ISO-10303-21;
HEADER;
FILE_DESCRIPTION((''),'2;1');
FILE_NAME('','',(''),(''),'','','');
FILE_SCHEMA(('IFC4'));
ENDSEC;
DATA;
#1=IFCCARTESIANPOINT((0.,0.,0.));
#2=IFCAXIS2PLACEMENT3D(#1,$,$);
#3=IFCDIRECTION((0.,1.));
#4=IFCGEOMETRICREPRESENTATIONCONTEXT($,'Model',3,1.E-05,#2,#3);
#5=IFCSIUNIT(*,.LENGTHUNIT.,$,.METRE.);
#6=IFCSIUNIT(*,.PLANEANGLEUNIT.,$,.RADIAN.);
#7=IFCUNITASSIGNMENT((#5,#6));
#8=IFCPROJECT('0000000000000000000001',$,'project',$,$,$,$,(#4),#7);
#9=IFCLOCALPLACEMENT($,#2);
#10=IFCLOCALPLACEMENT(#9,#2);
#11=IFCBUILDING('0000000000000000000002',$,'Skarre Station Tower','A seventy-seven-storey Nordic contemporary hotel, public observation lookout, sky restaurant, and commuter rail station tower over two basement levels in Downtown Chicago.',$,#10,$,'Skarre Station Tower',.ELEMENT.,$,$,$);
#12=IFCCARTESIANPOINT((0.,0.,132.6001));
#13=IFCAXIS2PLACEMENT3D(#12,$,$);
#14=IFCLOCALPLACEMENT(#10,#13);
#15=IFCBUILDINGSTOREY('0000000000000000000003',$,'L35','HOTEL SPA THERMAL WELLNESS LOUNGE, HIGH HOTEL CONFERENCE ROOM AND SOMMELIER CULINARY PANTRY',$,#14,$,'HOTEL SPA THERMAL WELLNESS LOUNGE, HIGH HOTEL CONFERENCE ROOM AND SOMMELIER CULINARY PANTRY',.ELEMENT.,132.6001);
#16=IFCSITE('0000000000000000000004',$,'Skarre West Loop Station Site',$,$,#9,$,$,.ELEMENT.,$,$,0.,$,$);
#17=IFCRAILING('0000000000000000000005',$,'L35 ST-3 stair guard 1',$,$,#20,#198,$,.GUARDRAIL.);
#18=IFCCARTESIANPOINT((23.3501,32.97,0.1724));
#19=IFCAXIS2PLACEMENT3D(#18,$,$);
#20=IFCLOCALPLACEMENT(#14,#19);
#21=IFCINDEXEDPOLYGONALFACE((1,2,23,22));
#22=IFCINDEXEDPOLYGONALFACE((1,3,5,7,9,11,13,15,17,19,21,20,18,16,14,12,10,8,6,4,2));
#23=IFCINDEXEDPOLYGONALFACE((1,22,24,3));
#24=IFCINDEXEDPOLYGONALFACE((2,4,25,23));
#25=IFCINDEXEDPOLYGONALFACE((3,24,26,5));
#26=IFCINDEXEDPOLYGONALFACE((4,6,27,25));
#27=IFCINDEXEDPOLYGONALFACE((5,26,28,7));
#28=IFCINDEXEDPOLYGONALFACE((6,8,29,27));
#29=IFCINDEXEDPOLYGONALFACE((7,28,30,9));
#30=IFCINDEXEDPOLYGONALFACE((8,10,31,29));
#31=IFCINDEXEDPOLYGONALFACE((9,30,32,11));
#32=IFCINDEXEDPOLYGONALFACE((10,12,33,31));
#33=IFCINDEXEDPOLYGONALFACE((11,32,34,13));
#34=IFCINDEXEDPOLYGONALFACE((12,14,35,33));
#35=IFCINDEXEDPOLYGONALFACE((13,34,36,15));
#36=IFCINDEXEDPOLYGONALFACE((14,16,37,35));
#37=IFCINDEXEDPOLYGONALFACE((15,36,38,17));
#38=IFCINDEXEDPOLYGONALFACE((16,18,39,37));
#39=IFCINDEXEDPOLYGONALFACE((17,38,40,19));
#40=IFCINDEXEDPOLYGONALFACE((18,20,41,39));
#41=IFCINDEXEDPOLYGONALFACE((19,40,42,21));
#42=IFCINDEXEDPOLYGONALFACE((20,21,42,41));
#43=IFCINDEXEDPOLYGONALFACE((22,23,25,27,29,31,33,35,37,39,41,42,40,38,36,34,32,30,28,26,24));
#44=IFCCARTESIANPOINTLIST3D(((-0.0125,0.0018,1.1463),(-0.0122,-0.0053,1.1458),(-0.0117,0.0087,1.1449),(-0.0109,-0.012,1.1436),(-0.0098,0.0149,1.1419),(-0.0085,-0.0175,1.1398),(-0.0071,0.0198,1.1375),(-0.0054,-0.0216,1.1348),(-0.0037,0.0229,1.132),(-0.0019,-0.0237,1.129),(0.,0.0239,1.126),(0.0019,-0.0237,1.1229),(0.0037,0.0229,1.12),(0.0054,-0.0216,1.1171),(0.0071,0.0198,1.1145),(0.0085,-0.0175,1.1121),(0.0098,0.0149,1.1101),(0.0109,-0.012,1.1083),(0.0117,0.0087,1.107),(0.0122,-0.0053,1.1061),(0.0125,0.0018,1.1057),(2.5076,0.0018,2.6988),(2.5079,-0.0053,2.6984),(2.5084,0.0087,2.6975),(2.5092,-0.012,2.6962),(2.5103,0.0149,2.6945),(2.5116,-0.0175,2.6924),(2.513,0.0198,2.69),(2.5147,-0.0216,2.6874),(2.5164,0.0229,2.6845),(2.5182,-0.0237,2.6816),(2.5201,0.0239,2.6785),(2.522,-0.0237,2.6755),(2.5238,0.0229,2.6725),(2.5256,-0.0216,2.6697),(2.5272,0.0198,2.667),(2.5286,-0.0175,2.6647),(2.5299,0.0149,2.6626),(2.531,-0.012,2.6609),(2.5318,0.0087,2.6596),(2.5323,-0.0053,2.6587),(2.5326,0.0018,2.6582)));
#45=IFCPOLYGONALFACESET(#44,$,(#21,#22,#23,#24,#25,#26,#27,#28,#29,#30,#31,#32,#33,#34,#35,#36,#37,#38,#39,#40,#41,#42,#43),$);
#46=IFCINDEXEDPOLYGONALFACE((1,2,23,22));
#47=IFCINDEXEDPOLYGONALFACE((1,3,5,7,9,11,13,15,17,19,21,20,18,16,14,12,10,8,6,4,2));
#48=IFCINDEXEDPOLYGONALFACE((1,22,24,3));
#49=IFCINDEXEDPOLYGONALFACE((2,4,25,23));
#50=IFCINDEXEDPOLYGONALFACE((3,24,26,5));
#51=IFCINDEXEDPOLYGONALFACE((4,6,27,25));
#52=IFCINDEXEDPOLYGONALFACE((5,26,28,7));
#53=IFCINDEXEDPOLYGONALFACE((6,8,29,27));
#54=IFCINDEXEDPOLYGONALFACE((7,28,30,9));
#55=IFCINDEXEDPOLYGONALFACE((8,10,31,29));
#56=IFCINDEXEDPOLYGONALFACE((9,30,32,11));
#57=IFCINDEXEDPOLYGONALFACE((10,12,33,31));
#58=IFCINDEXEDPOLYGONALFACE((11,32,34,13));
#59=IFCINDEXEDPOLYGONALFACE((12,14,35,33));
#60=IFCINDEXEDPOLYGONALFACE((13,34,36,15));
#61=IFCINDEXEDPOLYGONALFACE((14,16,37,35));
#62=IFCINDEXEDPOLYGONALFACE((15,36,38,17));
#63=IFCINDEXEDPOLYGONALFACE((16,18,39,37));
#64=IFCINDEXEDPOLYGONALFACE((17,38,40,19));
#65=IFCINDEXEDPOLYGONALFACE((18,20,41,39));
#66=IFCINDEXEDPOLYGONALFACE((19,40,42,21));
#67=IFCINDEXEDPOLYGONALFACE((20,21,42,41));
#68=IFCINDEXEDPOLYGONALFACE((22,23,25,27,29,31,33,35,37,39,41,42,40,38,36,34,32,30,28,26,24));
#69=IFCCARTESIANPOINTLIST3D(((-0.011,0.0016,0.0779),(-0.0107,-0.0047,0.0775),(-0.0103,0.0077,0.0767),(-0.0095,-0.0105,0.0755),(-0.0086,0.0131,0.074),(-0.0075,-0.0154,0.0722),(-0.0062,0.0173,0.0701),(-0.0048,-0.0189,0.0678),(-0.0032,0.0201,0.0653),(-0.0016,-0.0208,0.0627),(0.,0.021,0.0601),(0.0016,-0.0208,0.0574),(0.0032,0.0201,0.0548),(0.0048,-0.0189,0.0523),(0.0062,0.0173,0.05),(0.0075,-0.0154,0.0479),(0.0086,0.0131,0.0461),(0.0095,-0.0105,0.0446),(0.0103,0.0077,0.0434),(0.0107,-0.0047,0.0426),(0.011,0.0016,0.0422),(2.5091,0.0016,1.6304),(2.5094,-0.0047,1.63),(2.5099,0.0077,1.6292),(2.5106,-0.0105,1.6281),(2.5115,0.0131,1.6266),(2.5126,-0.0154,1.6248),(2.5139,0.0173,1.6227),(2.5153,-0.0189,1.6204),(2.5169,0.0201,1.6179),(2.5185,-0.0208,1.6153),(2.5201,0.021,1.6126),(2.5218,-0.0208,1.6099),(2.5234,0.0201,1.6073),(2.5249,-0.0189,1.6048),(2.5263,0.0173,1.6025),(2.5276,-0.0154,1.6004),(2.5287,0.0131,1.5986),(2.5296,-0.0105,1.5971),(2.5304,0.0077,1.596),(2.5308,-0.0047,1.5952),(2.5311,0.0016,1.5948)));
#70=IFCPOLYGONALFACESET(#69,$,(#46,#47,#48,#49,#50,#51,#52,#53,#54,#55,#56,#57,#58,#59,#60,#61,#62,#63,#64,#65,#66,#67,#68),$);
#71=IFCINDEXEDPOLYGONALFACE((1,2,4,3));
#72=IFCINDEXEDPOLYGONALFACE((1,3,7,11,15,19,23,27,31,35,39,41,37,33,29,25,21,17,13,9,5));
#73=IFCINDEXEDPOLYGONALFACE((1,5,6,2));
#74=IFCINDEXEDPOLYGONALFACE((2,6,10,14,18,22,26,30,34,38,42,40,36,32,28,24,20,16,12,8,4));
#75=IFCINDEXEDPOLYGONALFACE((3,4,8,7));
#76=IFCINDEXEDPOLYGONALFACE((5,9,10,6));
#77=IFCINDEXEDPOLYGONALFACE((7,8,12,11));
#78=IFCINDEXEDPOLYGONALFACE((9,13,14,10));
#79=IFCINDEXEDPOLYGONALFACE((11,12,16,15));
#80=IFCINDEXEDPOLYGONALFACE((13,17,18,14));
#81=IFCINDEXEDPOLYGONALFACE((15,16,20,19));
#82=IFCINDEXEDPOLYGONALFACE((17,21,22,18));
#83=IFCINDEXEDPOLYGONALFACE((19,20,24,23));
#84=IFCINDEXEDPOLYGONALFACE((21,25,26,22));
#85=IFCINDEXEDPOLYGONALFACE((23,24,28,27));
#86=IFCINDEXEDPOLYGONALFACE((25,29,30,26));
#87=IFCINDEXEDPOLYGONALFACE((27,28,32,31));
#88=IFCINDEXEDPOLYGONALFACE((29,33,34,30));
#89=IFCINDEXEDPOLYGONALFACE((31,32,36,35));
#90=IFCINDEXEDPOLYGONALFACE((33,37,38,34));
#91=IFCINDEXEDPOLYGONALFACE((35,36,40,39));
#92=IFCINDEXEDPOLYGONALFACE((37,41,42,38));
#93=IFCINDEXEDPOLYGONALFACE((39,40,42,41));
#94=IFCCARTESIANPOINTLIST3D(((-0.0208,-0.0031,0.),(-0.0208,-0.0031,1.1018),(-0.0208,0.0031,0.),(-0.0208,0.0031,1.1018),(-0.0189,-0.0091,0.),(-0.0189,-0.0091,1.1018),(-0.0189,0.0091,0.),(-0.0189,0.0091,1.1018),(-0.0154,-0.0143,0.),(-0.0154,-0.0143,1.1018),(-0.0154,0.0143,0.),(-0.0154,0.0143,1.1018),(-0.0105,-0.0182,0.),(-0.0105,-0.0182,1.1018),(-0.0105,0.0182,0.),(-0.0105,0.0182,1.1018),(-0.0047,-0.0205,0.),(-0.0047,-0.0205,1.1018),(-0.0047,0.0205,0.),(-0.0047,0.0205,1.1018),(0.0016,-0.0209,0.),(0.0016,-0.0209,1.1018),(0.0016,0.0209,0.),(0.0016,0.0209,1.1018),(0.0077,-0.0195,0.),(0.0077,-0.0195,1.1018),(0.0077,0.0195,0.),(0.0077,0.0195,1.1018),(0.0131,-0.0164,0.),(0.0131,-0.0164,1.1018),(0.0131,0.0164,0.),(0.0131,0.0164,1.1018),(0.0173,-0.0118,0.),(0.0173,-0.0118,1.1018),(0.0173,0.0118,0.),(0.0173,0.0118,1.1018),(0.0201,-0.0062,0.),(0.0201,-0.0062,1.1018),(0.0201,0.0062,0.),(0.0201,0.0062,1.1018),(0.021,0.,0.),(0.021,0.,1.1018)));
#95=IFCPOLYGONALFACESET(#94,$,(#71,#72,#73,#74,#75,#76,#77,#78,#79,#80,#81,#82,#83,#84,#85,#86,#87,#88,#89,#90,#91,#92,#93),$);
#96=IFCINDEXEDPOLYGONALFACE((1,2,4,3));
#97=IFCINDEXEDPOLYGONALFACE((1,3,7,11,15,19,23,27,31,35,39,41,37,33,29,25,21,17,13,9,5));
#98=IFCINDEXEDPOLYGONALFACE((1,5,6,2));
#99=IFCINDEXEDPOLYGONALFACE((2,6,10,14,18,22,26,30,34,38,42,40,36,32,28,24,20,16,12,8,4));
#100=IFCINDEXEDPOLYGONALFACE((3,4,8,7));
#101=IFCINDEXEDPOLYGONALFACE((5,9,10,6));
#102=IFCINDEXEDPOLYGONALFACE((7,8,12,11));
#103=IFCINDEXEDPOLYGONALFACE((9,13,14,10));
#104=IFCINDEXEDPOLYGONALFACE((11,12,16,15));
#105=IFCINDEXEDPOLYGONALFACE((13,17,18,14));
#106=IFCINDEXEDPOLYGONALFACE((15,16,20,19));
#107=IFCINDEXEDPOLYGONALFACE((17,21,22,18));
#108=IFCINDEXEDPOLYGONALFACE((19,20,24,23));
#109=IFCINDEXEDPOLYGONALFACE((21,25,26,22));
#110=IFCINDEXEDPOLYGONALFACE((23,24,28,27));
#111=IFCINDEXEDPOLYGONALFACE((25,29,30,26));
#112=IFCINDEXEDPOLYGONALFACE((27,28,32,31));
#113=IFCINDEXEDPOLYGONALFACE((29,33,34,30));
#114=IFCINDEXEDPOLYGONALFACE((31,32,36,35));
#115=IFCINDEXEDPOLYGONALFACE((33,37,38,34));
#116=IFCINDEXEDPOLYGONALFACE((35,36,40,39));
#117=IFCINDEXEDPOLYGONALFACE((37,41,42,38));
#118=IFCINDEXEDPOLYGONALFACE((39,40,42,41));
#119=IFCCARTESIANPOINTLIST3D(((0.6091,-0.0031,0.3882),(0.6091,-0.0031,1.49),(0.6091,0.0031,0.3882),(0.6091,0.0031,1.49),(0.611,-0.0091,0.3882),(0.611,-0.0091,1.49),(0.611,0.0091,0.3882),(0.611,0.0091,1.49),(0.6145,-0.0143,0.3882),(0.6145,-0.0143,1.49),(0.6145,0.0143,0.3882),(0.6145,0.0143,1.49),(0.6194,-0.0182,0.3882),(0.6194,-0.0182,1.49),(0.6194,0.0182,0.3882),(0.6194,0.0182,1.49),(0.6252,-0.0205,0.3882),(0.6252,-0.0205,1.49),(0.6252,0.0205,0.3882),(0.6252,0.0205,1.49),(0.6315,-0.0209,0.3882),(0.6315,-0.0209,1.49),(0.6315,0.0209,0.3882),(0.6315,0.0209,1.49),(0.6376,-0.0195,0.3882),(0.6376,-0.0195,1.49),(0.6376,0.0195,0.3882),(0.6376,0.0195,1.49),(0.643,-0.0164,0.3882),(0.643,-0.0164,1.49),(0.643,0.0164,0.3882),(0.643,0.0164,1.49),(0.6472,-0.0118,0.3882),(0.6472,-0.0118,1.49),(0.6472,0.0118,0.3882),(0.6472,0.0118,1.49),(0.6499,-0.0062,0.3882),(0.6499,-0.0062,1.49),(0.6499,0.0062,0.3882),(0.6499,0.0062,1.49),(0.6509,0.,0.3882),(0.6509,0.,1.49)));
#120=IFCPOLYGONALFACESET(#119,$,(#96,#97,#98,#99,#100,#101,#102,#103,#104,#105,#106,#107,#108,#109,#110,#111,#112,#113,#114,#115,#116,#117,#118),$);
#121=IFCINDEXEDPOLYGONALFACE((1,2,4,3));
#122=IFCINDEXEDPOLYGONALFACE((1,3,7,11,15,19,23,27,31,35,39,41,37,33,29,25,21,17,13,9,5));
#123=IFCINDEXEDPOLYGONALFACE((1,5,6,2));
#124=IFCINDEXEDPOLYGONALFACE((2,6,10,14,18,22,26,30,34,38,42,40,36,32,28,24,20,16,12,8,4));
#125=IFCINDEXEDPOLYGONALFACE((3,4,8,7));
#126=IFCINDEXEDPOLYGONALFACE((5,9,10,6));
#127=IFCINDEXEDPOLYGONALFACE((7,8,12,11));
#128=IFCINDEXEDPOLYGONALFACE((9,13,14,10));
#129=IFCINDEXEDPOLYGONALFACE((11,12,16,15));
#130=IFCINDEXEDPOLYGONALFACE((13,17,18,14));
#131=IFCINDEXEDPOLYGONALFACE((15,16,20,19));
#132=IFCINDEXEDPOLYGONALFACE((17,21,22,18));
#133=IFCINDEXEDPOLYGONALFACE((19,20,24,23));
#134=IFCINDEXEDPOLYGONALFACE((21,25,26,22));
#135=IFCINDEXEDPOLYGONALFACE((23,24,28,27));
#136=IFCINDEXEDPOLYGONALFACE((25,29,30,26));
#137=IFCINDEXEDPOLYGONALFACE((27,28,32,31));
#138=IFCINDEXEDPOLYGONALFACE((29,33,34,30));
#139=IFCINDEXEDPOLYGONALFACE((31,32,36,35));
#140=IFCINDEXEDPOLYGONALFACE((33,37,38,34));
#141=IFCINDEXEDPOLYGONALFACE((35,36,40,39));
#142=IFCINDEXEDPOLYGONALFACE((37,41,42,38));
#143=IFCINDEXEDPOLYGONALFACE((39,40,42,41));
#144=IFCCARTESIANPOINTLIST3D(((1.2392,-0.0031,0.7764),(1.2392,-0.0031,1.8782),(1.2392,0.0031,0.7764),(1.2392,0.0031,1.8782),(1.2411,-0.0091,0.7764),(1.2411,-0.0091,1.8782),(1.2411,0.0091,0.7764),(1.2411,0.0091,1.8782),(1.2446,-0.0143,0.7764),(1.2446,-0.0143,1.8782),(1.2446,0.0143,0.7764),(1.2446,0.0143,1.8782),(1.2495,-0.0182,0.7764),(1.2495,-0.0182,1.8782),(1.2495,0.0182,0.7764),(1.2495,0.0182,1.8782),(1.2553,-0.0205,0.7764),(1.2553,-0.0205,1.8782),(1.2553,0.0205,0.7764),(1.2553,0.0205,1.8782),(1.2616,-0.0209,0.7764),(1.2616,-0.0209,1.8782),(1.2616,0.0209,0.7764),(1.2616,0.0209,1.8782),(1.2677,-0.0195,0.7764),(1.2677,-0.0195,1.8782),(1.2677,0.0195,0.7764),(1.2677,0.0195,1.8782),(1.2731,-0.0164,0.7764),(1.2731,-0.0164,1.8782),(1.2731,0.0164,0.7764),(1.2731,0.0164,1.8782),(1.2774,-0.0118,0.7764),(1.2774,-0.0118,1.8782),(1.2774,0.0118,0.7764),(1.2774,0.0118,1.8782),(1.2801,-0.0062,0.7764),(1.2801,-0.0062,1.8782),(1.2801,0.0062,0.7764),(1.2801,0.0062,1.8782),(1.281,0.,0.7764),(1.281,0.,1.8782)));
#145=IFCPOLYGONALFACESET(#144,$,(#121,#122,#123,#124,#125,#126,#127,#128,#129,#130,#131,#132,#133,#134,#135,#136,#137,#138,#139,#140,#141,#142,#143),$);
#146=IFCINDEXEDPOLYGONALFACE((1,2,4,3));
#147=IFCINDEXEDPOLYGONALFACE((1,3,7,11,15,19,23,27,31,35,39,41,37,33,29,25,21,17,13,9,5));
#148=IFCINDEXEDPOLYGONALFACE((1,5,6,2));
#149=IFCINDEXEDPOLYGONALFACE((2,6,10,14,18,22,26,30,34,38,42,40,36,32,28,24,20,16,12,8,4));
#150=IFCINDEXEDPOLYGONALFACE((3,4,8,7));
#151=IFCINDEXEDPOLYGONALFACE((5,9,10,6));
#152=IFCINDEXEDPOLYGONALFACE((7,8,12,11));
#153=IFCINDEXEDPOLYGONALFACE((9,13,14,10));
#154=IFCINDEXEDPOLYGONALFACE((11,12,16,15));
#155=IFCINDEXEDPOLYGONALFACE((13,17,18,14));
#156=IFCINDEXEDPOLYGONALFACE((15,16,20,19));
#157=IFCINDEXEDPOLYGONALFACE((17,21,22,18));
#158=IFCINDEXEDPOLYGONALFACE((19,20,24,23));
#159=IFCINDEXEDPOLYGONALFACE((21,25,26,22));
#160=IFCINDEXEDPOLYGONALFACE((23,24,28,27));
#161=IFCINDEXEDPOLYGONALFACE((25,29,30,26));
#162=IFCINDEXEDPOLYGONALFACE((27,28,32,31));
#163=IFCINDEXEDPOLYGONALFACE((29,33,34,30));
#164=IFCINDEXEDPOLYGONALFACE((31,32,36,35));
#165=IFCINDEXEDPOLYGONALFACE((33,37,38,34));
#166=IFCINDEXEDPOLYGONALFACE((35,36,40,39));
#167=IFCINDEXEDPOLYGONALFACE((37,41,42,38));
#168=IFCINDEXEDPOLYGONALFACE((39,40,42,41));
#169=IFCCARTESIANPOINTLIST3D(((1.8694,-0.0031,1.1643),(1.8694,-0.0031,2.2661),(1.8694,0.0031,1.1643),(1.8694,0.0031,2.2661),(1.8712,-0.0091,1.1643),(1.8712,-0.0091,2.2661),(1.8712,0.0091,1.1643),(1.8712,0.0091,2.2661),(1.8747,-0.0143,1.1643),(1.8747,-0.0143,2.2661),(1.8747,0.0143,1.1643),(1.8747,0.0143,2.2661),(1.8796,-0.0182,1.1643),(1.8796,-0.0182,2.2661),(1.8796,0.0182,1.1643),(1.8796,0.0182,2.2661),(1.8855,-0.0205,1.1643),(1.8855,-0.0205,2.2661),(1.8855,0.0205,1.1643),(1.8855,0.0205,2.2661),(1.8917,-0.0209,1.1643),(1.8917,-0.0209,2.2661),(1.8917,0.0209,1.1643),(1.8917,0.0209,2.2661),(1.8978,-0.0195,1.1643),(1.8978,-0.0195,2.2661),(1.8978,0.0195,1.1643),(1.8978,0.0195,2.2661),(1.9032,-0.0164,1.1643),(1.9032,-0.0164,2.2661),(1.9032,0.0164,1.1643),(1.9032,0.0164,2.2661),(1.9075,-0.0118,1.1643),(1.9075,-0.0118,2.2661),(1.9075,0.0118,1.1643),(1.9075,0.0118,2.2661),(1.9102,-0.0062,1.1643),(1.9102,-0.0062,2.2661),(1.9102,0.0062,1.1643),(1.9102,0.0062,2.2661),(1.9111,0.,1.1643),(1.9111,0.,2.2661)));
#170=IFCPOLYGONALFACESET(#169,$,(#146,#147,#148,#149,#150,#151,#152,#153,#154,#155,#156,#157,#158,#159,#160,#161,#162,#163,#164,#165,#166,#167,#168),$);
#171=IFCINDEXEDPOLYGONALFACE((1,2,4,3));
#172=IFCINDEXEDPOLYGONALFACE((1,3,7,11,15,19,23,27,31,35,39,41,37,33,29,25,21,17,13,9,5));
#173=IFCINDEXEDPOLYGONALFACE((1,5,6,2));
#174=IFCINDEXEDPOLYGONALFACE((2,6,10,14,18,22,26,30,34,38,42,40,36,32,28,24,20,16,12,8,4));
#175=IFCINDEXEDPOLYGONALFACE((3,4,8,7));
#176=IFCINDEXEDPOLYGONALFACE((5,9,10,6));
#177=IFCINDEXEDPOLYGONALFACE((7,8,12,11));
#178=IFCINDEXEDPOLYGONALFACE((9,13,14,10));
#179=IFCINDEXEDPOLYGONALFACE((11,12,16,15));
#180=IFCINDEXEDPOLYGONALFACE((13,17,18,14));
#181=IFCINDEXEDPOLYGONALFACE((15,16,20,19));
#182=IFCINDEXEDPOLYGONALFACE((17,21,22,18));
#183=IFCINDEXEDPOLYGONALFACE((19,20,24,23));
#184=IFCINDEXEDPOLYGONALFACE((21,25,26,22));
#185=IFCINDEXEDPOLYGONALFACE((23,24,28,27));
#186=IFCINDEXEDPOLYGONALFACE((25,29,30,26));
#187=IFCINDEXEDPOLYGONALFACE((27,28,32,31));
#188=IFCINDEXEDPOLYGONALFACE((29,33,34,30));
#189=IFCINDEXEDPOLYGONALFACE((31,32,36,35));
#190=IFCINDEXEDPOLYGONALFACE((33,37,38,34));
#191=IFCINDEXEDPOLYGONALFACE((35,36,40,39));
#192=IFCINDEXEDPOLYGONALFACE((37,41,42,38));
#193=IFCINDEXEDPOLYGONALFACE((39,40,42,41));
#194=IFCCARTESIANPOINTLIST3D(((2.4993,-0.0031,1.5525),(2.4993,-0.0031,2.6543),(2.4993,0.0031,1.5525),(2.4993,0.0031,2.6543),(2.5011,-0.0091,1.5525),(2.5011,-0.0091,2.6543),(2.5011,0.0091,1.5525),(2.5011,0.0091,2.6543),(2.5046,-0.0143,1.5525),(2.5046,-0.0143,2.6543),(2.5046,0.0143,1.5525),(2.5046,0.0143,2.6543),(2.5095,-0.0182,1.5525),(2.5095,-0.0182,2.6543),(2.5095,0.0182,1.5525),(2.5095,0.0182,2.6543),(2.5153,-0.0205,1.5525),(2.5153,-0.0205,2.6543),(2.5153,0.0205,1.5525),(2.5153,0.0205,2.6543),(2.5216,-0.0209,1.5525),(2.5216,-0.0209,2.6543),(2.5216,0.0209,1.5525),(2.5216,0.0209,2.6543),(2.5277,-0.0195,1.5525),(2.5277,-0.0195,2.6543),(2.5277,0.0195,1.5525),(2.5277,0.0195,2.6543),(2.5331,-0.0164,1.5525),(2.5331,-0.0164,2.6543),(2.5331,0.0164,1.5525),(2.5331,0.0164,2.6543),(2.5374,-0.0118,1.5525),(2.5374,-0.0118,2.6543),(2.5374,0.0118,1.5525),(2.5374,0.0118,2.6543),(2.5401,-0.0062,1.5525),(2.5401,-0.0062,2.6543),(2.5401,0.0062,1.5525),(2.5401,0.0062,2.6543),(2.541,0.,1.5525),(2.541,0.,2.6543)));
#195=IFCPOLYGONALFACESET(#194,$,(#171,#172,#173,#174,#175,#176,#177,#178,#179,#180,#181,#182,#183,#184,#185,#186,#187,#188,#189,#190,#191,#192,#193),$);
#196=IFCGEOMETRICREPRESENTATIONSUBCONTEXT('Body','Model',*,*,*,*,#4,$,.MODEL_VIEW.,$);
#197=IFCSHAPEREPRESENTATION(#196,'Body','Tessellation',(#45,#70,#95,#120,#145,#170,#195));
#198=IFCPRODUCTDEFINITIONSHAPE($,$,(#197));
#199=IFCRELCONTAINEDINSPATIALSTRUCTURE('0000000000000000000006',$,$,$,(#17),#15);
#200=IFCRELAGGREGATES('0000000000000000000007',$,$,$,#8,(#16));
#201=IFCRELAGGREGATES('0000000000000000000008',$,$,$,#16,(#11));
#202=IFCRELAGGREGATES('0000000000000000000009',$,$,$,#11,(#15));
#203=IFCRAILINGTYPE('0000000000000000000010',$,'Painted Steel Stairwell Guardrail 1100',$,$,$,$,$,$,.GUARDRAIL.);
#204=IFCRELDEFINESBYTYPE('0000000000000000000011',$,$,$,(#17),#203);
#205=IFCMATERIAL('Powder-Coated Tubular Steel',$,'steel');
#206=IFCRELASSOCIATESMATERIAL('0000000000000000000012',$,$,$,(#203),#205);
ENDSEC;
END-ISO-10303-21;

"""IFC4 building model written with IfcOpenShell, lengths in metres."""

from ifc_helpers import new_model, si_unit, direction, frame, origin, origin_2d, place, context, subcontext, project, spatial, circle, extrude, material, type_object, element, save


model = new_model("IFC4")

# Units and contexts
model_context = context("Model", 3, precision=1e-05, world=origin(), true_north=direction((0.0, 1.0)))
body_context = subcontext(model_context, "Body", "Model", "MODEL_VIEW")
ifc_project = project(units=[si_unit("LENGTHUNIT", "METRE"), si_unit("PLANEANGLEUNIT", "RADIAN")], contexts=[model_context])

# Site, building, storey
site_placement = place(None, origin())
site = spatial("IfcSite", under=ifc_project, at=site_placement, Name="Skarre West Loop Station Site", CompositionType="ELEMENT", RefElevation=0.0)
building_placement = place(site_placement, origin())
building = spatial("IfcBuilding", under=site, at=building_placement, Name="Skarre Station Tower", Description="A seventy-seven-storey Nordic contemporary hotel, public observation lookout, sky restaurant, and commuter rail station tower over two basement levels in Downtown Chicago.", LongName="Skarre Station Tower", CompositionType="ELEMENT")
storey_placement = place(building_placement, frame((0.0, 0.0, 132.6001)))
storey = spatial("IfcBuildingStorey", under=building, at=storey_placement, Name="L35", Description="HOTEL SPA THERMAL WELLNESS LOUNGE, HIGH HOTEL CONFERENCE ROOM AND SOMMELIER CULINARY PANTRY", LongName="HOTEL SPA THERMAL WELLNESS LOUNGE, HIGH HOTEL CONFERENCE ROOM AND SOMMELIER CULINARY PANTRY", CompositionType="ELEMENT", Elevation=132.6001)

# Railing
ifc_material_1 = material(Name="Powder-Coated Tubular Steel", Category="steel")
railing_type_1 = type_object("IfcRailingType", Name="Painted Steel Stairwell Guardrail 1100", PredefinedType="GUARDRAIL", material=ifc_material_1)
railing_1_placement = place(storey_placement, frame((23.3501, 32.97, 0.1724)))
element("IfcRailing", 1, at=railing_1_placement, inside=storey, type_object=railing_type_1, Name="L35 ST-3 stair guard 1", PredefinedType="GUARDRAIL", context=body_context, shape_type="SweptSolid", body=[
    extrude(circle(Radius=0.0239, at=origin_2d()), frame((0.0, 0.0, 1.126), z_axis=(0.8514, 0.0, 0.524516), x_axis=(0.0, 1.0, 0.0)), (0.0, 0.0, 1.0), 2.96),
    extrude(circle(Radius=0.021, at=origin_2d()), frame((0.0, 0.0, 0.0601), z_axis=(0.8514, 0.0, 0.524516), x_axis=(0.0, 1.0, 0.0)), (0.0, 0.0, 1.0), 2.96),
    extrude(circle(Radius=0.021, at=origin_2d()), origin(), (0.0, 0.0, 1.0), 1.1018),
    extrude(circle(Radius=0.021, at=origin_2d()), frame((0.6299, 0.0, 0.3882)), (0.0, 0.0, 1.0), 1.1018),
    extrude(circle(Radius=0.021, at=origin_2d()), frame((1.26, 0.0, 0.7764)), (0.0, 0.0, 1.0), 1.1018),
    extrude(circle(Radius=0.021, at=origin_2d()), frame((1.8901, 0.0, 1.1643)), (0.0, 0.0, 1.0), 1.1018),
    extrude(circle(Radius=0.021, at=origin_2d()), frame((2.52, 0.0, 1.5525)), (0.0, 0.0, 1.0), 1.1018),
])

save(model, "model.ifc")
